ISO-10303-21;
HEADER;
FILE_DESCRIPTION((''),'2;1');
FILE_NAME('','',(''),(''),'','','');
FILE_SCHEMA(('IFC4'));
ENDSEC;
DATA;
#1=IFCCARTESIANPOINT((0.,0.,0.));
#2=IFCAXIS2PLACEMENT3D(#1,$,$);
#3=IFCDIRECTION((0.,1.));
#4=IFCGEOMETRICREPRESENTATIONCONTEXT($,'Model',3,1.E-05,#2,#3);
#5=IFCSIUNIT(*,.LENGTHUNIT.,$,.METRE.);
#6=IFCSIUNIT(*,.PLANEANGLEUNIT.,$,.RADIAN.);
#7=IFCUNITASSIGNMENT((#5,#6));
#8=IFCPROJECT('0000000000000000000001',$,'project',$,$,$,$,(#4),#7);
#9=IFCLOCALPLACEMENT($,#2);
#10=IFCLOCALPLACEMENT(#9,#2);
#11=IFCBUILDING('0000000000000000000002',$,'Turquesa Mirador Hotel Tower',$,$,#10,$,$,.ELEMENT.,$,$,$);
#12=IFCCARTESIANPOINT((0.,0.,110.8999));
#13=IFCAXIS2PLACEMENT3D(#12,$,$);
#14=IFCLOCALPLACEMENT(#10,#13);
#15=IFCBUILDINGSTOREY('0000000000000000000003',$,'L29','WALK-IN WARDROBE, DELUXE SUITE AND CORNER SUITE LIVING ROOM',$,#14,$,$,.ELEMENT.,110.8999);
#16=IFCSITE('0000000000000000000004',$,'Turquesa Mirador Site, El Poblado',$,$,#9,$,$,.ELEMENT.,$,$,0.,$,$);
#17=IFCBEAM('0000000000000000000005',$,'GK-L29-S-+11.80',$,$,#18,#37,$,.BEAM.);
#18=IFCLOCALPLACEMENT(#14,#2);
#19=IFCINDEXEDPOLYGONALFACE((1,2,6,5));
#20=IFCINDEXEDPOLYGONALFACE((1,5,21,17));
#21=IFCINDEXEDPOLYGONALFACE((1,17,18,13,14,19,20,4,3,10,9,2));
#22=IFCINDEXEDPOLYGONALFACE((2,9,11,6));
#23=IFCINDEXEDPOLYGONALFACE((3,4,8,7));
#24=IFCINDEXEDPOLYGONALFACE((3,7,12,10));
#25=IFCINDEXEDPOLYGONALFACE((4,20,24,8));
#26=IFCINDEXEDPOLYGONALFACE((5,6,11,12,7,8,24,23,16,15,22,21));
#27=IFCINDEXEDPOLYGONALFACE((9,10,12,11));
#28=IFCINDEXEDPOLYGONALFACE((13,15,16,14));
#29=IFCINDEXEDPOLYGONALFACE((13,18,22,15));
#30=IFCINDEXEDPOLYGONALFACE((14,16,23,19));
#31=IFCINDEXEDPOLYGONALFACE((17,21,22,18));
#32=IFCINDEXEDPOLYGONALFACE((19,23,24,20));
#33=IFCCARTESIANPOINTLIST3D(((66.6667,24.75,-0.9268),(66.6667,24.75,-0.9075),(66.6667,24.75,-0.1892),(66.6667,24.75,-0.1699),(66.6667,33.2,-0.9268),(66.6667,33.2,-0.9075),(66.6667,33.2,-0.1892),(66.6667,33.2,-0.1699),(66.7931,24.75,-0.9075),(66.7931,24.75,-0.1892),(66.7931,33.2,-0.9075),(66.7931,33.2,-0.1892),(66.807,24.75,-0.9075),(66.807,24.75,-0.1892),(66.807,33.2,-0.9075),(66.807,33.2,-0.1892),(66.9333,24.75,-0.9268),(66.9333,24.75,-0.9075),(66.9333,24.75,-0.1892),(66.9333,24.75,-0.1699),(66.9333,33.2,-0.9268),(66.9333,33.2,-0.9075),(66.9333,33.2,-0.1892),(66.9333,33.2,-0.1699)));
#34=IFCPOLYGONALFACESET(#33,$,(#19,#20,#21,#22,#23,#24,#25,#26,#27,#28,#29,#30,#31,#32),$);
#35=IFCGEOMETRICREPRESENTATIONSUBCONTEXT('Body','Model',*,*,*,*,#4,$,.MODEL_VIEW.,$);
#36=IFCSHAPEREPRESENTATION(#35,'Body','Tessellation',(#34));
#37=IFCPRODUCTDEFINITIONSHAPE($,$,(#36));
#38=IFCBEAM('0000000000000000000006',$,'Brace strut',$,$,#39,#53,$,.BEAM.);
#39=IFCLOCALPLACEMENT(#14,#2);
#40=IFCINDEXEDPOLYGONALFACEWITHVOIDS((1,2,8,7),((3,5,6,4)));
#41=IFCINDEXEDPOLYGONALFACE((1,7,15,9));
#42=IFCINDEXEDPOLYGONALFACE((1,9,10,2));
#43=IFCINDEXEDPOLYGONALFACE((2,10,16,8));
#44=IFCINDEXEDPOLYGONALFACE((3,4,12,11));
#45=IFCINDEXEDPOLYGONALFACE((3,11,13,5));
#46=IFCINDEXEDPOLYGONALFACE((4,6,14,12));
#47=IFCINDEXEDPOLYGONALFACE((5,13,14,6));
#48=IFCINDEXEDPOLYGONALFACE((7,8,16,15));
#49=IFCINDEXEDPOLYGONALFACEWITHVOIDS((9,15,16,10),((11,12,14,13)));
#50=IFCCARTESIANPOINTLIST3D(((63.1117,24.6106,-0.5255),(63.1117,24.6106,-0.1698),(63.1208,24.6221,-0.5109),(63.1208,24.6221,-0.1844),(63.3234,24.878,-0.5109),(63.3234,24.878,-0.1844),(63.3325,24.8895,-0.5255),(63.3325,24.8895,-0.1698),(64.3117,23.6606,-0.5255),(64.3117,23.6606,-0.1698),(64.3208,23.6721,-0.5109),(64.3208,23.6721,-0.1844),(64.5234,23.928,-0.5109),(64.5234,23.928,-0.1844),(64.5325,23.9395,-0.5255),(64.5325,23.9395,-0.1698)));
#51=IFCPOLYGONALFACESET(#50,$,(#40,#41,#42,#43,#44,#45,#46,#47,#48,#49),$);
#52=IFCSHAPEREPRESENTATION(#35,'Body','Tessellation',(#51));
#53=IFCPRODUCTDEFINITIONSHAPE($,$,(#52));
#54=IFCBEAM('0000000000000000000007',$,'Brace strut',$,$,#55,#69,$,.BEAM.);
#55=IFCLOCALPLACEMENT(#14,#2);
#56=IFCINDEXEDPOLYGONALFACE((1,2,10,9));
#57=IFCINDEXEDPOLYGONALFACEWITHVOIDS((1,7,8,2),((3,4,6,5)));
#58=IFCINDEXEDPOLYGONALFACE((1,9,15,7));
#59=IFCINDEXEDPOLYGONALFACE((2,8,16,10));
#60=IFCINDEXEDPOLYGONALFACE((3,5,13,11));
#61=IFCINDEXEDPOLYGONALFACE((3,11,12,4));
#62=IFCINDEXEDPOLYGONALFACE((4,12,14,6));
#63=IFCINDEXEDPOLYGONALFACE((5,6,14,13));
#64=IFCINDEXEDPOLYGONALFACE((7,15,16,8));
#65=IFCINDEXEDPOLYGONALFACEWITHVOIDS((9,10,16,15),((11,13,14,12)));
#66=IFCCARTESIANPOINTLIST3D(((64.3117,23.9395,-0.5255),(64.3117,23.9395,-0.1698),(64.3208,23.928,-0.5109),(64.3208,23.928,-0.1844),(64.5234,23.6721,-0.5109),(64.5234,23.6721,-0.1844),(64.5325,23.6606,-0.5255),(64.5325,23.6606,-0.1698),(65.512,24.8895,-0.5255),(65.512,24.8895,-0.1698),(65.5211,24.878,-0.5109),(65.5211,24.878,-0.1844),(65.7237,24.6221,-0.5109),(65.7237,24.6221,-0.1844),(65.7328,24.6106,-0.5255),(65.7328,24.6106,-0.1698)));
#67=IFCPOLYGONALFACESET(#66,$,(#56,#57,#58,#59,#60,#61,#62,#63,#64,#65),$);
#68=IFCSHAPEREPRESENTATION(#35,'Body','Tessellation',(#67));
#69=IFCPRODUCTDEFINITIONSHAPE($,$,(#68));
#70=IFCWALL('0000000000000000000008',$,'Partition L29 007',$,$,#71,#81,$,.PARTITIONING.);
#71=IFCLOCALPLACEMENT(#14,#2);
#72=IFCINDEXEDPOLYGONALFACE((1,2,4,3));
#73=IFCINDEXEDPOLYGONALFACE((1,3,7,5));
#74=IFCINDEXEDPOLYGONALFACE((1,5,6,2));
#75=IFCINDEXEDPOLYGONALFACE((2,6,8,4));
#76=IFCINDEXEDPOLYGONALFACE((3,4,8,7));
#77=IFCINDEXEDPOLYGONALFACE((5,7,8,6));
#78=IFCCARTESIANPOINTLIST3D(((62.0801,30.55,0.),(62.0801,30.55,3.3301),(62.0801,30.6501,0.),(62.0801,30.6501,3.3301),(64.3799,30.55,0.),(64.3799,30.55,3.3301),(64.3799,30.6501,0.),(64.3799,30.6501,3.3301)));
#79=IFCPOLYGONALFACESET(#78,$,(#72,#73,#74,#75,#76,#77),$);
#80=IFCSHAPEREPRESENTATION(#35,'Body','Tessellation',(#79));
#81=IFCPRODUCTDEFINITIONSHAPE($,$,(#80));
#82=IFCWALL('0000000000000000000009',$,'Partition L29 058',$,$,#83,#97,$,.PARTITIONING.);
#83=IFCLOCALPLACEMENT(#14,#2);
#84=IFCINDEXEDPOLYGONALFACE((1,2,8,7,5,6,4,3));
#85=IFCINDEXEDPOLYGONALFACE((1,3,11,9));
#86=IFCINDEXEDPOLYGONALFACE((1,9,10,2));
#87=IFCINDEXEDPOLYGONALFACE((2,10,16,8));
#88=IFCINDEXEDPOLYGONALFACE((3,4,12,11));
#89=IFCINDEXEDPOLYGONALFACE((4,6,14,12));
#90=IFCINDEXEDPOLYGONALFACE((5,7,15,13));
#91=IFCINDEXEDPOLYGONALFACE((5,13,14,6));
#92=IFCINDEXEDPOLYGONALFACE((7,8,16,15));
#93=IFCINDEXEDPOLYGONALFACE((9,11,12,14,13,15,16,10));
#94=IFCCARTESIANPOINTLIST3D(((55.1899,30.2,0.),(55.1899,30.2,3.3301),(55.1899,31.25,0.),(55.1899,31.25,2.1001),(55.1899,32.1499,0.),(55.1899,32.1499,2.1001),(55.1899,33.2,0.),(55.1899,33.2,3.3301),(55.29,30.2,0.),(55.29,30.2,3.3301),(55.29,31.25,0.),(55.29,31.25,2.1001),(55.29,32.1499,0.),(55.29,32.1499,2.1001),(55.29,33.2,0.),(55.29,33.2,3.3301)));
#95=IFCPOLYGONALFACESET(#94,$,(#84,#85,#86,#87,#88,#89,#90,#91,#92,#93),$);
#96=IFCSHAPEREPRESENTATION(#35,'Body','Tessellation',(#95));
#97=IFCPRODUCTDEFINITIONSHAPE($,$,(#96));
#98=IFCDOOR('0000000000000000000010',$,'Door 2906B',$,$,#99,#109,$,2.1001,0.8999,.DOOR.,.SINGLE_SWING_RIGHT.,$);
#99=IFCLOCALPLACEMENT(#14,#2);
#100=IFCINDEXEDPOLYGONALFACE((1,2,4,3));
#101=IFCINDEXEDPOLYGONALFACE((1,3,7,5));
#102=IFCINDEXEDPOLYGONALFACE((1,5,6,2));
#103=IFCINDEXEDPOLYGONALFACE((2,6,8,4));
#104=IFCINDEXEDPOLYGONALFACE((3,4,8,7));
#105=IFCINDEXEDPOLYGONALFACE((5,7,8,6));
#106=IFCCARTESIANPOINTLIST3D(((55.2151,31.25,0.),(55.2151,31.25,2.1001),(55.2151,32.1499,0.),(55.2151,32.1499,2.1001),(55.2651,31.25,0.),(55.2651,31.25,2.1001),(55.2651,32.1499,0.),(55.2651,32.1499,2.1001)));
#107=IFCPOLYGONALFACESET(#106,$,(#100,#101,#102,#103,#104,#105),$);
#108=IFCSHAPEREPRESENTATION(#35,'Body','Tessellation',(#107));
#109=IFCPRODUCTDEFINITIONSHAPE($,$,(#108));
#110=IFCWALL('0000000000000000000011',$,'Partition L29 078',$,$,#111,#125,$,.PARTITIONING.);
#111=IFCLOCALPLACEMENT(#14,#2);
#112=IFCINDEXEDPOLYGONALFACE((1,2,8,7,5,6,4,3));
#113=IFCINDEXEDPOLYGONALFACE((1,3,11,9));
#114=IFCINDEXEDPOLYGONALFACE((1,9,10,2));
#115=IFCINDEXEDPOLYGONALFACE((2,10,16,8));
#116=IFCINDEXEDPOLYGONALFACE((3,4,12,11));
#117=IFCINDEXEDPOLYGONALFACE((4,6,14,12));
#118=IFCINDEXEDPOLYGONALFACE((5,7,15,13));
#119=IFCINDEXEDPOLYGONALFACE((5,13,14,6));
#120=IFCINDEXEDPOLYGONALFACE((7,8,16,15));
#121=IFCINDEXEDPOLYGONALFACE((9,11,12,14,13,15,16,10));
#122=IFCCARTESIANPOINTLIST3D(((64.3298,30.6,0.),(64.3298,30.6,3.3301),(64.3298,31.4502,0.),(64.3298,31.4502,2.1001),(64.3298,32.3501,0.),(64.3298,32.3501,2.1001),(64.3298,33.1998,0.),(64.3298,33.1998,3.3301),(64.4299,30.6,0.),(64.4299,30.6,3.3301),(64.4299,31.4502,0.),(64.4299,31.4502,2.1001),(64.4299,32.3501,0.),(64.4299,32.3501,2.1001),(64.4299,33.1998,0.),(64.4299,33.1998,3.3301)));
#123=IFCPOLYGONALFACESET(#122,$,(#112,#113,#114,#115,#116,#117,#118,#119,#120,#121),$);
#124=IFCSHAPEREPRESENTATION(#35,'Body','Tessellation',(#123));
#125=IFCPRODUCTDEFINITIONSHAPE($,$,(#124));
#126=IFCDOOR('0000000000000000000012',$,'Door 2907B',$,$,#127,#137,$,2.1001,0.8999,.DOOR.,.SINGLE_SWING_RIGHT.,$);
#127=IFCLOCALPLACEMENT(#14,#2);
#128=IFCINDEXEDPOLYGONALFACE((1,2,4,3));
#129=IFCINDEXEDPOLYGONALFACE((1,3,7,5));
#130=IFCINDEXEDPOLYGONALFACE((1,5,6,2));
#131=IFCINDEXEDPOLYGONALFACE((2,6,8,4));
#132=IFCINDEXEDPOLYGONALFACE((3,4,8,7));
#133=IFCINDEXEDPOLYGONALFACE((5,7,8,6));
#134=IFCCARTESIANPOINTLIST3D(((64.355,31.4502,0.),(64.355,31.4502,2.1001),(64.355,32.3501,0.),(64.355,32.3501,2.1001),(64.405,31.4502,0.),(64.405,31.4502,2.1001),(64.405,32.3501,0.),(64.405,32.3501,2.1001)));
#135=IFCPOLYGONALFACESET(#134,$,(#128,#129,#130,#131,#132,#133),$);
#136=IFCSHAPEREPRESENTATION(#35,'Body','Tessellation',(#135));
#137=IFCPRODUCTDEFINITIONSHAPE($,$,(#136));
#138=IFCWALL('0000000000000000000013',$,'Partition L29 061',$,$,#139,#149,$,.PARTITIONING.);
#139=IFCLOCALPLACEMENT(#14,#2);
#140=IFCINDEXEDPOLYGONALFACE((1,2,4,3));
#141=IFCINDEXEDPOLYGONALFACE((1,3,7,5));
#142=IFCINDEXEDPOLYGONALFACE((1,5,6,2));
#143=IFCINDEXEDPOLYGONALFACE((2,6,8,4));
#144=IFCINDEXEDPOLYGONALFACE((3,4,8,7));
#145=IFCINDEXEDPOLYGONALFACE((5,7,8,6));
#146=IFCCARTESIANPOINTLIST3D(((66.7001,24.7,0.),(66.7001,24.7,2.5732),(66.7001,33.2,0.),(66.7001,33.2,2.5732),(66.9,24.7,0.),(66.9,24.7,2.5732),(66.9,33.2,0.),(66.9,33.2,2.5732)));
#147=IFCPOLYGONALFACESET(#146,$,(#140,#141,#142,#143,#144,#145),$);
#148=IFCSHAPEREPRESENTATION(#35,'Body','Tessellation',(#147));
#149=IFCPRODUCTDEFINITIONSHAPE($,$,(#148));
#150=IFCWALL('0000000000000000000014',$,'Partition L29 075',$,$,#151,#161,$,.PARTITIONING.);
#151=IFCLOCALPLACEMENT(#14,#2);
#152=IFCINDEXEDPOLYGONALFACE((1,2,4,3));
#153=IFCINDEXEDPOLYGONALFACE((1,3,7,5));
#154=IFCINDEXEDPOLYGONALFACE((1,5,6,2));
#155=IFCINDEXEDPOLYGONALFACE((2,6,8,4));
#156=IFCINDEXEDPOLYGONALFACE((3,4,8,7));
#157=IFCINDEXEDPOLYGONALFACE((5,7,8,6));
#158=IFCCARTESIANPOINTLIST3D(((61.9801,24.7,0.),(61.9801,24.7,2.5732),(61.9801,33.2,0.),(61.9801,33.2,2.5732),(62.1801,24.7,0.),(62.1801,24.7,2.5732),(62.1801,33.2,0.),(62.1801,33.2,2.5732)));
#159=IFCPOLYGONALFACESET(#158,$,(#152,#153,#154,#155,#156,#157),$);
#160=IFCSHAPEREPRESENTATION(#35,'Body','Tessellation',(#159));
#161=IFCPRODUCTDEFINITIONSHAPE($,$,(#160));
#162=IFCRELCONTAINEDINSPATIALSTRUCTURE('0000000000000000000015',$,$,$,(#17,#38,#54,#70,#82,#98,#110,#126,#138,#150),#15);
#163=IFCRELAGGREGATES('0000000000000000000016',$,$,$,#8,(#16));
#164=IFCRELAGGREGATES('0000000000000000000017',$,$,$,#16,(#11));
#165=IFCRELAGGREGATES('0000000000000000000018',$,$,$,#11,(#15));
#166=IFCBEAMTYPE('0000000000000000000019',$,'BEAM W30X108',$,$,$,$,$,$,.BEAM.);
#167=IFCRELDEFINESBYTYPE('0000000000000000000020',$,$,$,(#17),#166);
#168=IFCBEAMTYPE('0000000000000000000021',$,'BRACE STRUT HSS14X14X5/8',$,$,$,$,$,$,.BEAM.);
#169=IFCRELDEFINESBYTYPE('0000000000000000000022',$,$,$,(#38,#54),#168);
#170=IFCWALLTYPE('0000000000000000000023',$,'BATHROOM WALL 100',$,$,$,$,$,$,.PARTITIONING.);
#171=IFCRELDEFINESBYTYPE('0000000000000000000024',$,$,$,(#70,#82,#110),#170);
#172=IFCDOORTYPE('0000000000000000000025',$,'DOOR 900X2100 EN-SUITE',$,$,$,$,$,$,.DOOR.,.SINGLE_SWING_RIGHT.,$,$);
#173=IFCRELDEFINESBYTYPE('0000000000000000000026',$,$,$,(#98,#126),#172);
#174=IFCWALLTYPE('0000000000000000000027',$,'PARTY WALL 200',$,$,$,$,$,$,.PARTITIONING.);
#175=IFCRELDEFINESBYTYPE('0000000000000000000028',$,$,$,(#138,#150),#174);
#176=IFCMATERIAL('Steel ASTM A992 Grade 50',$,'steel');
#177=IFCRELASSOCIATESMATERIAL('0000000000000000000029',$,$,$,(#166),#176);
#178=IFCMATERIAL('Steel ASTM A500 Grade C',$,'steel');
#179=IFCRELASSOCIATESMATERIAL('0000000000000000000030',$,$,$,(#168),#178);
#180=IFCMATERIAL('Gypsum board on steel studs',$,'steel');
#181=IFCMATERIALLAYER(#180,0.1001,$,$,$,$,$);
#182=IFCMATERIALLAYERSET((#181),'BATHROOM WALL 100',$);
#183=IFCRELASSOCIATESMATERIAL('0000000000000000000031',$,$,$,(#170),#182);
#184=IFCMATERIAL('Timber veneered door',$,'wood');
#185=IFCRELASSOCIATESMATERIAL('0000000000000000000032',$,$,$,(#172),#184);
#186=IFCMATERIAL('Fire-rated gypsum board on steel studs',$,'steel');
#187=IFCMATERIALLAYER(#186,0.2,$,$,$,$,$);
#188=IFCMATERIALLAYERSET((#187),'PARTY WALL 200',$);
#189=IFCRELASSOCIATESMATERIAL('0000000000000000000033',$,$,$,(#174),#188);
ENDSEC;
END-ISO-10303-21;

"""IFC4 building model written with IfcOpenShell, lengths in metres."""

from ifc_helpers import new_model, si_unit, direction, frame, frame_2d, origin, origin_2d, place, context, subcontext, project, spatial, rectangle, hollow_rectangle, i_section, extrude, material, layer, layer_set, material_profile, profile_set, type_object, element, fill, save


model = new_model("IFC4")

# Units and contexts
model_context = context("Model", 3, precision=1e-05, world=origin(), true_north=direction((0.0, 1.0)))
body_context = subcontext(model_context, "Body", "Model", "MODEL_VIEW")
ifc_project = project(units=[si_unit("LENGTHUNIT", "METRE"), si_unit("PLANEANGLEUNIT", "RADIAN")], contexts=[model_context])

# Site, building, storey
site_placement = place(None, origin())
site = spatial("IfcSite", under=ifc_project, at=site_placement, Name="Turquesa Mirador Site, El Poblado", CompositionType="ELEMENT", RefElevation=0.0)
building_placement = place(site_placement, origin())
building = spatial("IfcBuilding", under=site, at=building_placement, Name="Turquesa Mirador Hotel Tower", CompositionType="ELEMENT")
storey_placement = place(building_placement, frame((0.0, 0.0, 110.8999)))
storey = spatial("IfcBuildingStorey", under=building, at=storey_placement, Name="L29", Description="WALK-IN WARDROBE, DELUXE SUITE AND CORNER SUITE LIVING ROOM", CompositionType="ELEMENT", Elevation=110.8999)

# Beams
ifc_material_1 = material(Name="Steel ASTM A992 Grade 50", Category="steel")
ifc_material_profile_1 = material_profile(ifc_material_1, i_section(OverallWidth=0.2666, OverallDepth=0.7568, WebThickness=0.0139, FlangeThickness=0.0193, at=origin_2d()), Name="W30X108")
ifc_profile_set_1 = profile_set([ifc_material_profile_1], Name="Steel ASTM A992 Grade 50")
beam_type_1 = type_object("IfcBeamType", Name="BEAM W30X108", PredefinedType="BEAM", material=ifc_profile_set_1)
beam_1_placement = place(storey_placement, frame((66.8, 24.75, -0.5483), z_axis=(0.0, 1.0, 0.0), x_axis=(-1.0, 0.0, 0.0)))
element("IfcBeam", 1, at=beam_1_placement, inside=storey, type_object=beam_type_1, Name="GK-L29-S-+11.80", PredefinedType="BEAM", context=body_context, shape_type="SweptSolid", body=[
    extrude(i_section(OverallWidth=0.2666, OverallDepth=0.7568, WebThickness=0.0139, FlangeThickness=0.0193, at=origin_2d()), origin(), (0.0, 0.0, 1.0), 8.45),
])
ifc_material_2 = material(Name="Steel ASTM A500 Grade C", Category="steel")
ifc_material_profile_2 = material_profile(ifc_material_2, hollow_rectangle(XDim=0.3557, YDim=0.3557, WallThickness=0.0146, at=origin_2d()), Name="HSS14X14X5/8")
ifc_profile_set_2 = profile_set([ifc_material_profile_2], Name="Steel ASTM A500 Grade C")
beam_type_2 = type_object("IfcBeamType", Name="BRACE STRUT HSS14X14X5/8", PredefinedType="BEAM", material=ifc_profile_set_2)
beam_2_placement = place(storey_placement, frame((64.4221, 23.8, -0.3477), z_axis=(-0.784049, 0.620699, 0.0), x_axis=(-0.620699, -0.784049, 0.0)))
element("IfcBeam", 2, at=beam_2_placement, inside=storey, type_object=beam_type_2, Name="Brace strut", PredefinedType="BEAM", context=body_context, shape_type="SweptSolid", body=[
    extrude(hollow_rectangle(XDim=0.3557, YDim=0.3557, WallThickness=0.0146, at=origin_2d()), origin(), (0.0, 0.0, 1.0), 1.5305),
])
beam_3_placement = place(storey_placement, frame((64.4221, 23.8, -0.3477), z_axis=(0.784111, 0.620621, 0.0), x_axis=(-0.620621, 0.784111, 0.0)))
element("IfcBeam", 3, at=beam_3_placement, inside=storey, type_object=beam_type_2, Name="Brace strut", PredefinedType="BEAM", context=body_context, shape_type="SweptSolid", body=[
    extrude(hollow_rectangle(XDim=0.3557, YDim=0.3557, WallThickness=0.0146, at=origin_2d()), origin(), (0.0, 0.0, 1.0), 1.5308),
])

# Wall
ifc_material_3 = material(Name="Gypsum board on steel studs", Category="steel")
ifc_layer_1 = layer(ifc_material_3, 0.1001)
ifc_layer_set_1 = layer_set([ifc_layer_1], Name="BATHROOM WALL 100")
wall_type_1 = type_object("IfcWallType", Name="BATHROOM WALL 100", PredefinedType="PARTITIONING", material=ifc_layer_set_1)
wall_1_placement = place(storey_placement, frame((62.0801, 30.6001, 0.0), z_axis=(0.0, 0.0, 1.0), x_axis=(1.0, 0.0, 0.0)))
element("IfcWall", 4, at=wall_1_placement, inside=storey, type_object=wall_type_1, Name="Partition L29 007", PredefinedType="PARTITIONING", context=body_context, shape_type="SweptSolid", body=[
    extrude(rectangle(XDim=2.2998, YDim=0.1001, at=frame_2d((1.1499, 0.0))), origin(), (0.0, 0.0, 1.0), 3.3301),
])

# Walls, openings, doors
wall_2_placement = place(storey_placement, frame((55.24, 30.2, 0.0), z_axis=(0.0, 0.0, 1.0), x_axis=(0.0, 1.0, 0.0)))
wall_2 = element("IfcWall", 5, at=wall_2_placement, inside=storey, type_object=wall_type_1, Name="Partition L29 058", PredefinedType="PARTITIONING", context=body_context, shape_type="SweptSolid", body=[
    extrude(rectangle(XDim=3.0, YDim=0.1001, at=frame_2d((1.5, 0.0))), origin(), (0.0, 0.0, 1.0), 3.3301),
])
opening_1_placement = place(wall_2_placement, frame((1.05, 0.0, 0.0)))
opening_1 = element("IfcOpeningElement", 6, at=opening_1_placement, cuts=wall_2, PredefinedType="OPENING", context=body_context, shape_type="SweptSolid", body=[
    extrude(rectangle(XDim=0.8999, YDim=2.1001, at=frame_2d((0.45, 1.05))), frame((0.0, 0.0601, 0.0), z_axis=(0.0, -1.0, 0.0), x_axis=(1.0, 0.0, 0.0)), (0.0, 0.0, 1.0), 0.1201),
])
ifc_material_4 = material(Name="Timber veneered door", Category="wood")
door_type = type_object("IfcDoorType", Name="DOOR 900X2100 EN-SUITE", OperationType="SINGLE_SWING_RIGHT", PredefinedType="DOOR", material=ifc_material_4)
door_1_placement = place(opening_1_placement, origin())
door_1 = element("IfcDoor", 7, at=door_1_placement, inside=storey, type_object=door_type, Name="Door 2906B", OperationType="SINGLE_SWING_RIGHT", OverallHeight=2.1001, OverallWidth=0.8999, PredefinedType="DOOR", context=body_context, shape_type="SweptSolid", body=[
    extrude(rectangle(XDim=0.8999, YDim=2.1001, at=frame_2d((0.45, 1.05))), frame((0.0, 0.0249, 0.0), z_axis=(0.0, -1.0, 0.0), x_axis=(1.0, 0.0, 0.0)), (0.0, 0.0, 1.0), 0.05),
])
fill(opening_1, door_1)
wall_3_placement = place(storey_placement, frame((64.3799, 30.6001, 0.0), z_axis=(0.0, 0.0, 1.0), x_axis=(0.0, 1.0, 0.0)))
wall_3 = element("IfcWall", 8, at=wall_3_placement, inside=storey, type_object=wall_type_1, Name="Partition L29 078", PredefinedType="PARTITIONING", context=body_context, shape_type="SweptSolid", body=[
    extrude(rectangle(XDim=2.5999, YDim=0.1001, at=frame_2d((1.2998, 0.0))), origin(), (0.0, 0.0, 1.0), 3.3301),
])
opening_2_placement = place(wall_3_placement, frame((0.8501, 0.0, 0.0)))
opening_2 = element("IfcOpeningElement", 9, at=opening_2_placement, cuts=wall_3, PredefinedType="OPENING", context=body_context, shape_type="SweptSolid", body=[
    extrude(rectangle(XDim=0.8999, YDim=2.1001, at=frame_2d((0.45, 1.05))), frame((0.0, 0.0601, 0.0), z_axis=(0.0, -1.0, 0.0), x_axis=(1.0, 0.0, 0.0)), (0.0, 0.0, 1.0), 0.1201),
])
door_2_placement = place(opening_2_placement, origin())
door_2 = element("IfcDoor", 10, at=door_2_placement, inside=storey, type_object=door_type, Name="Door 2907B", OperationType="SINGLE_SWING_RIGHT", OverallHeight=2.1001, OverallWidth=0.8999, PredefinedType="DOOR", context=body_context, shape_type="SweptSolid", body=[
    extrude(rectangle(XDim=0.8999, YDim=2.1001, at=frame_2d((0.45, 1.05))), frame((0.0, 0.0249, 0.0), z_axis=(0.0, -1.0, 0.0), x_axis=(1.0, 0.0, 0.0)), (0.0, 0.0, 1.0), 0.05),
])
fill(opening_2, door_2)

# Walls
ifc_material_5 = material(Name="Fire-rated gypsum board on steel studs", Category="steel")
ifc_layer_2 = layer(ifc_material_5, 0.2)
ifc_layer_set_2 = layer_set([ifc_layer_2], Name="PARTY WALL 200")
wall_type_2 = type_object("IfcWallType", Name="PARTY WALL 200", PredefinedType="PARTITIONING", material=ifc_layer_set_2)
for number, where, z_axis, x_axis, name in (
    (11, (66.8, 24.7, 0.0), (0.0, 0.0, 1.0), (0.0, 1.0, 0.0), "Partition L29 061"),
    (12, (62.0801, 24.7, 0.0), (0.0, 0.0, 1.0), (0.0, 1.0, 0.0), "Partition L29 075"),
):
    element("IfcWall", number, at=place(storey_placement, frame(where, z_axis=z_axis, x_axis=x_axis)), inside=storey, type_object=wall_type_2, Name=name, PredefinedType="PARTITIONING", context=body_context, shape_type="SweptSolid", body=[
        extrude(rectangle(XDim=8.5, YDim=0.2, at=frame_2d((4.25, 0.0))), origin(), (0.0, 0.0, 1.0), 2.5732),
    ])

save(model, "model.ifc")
